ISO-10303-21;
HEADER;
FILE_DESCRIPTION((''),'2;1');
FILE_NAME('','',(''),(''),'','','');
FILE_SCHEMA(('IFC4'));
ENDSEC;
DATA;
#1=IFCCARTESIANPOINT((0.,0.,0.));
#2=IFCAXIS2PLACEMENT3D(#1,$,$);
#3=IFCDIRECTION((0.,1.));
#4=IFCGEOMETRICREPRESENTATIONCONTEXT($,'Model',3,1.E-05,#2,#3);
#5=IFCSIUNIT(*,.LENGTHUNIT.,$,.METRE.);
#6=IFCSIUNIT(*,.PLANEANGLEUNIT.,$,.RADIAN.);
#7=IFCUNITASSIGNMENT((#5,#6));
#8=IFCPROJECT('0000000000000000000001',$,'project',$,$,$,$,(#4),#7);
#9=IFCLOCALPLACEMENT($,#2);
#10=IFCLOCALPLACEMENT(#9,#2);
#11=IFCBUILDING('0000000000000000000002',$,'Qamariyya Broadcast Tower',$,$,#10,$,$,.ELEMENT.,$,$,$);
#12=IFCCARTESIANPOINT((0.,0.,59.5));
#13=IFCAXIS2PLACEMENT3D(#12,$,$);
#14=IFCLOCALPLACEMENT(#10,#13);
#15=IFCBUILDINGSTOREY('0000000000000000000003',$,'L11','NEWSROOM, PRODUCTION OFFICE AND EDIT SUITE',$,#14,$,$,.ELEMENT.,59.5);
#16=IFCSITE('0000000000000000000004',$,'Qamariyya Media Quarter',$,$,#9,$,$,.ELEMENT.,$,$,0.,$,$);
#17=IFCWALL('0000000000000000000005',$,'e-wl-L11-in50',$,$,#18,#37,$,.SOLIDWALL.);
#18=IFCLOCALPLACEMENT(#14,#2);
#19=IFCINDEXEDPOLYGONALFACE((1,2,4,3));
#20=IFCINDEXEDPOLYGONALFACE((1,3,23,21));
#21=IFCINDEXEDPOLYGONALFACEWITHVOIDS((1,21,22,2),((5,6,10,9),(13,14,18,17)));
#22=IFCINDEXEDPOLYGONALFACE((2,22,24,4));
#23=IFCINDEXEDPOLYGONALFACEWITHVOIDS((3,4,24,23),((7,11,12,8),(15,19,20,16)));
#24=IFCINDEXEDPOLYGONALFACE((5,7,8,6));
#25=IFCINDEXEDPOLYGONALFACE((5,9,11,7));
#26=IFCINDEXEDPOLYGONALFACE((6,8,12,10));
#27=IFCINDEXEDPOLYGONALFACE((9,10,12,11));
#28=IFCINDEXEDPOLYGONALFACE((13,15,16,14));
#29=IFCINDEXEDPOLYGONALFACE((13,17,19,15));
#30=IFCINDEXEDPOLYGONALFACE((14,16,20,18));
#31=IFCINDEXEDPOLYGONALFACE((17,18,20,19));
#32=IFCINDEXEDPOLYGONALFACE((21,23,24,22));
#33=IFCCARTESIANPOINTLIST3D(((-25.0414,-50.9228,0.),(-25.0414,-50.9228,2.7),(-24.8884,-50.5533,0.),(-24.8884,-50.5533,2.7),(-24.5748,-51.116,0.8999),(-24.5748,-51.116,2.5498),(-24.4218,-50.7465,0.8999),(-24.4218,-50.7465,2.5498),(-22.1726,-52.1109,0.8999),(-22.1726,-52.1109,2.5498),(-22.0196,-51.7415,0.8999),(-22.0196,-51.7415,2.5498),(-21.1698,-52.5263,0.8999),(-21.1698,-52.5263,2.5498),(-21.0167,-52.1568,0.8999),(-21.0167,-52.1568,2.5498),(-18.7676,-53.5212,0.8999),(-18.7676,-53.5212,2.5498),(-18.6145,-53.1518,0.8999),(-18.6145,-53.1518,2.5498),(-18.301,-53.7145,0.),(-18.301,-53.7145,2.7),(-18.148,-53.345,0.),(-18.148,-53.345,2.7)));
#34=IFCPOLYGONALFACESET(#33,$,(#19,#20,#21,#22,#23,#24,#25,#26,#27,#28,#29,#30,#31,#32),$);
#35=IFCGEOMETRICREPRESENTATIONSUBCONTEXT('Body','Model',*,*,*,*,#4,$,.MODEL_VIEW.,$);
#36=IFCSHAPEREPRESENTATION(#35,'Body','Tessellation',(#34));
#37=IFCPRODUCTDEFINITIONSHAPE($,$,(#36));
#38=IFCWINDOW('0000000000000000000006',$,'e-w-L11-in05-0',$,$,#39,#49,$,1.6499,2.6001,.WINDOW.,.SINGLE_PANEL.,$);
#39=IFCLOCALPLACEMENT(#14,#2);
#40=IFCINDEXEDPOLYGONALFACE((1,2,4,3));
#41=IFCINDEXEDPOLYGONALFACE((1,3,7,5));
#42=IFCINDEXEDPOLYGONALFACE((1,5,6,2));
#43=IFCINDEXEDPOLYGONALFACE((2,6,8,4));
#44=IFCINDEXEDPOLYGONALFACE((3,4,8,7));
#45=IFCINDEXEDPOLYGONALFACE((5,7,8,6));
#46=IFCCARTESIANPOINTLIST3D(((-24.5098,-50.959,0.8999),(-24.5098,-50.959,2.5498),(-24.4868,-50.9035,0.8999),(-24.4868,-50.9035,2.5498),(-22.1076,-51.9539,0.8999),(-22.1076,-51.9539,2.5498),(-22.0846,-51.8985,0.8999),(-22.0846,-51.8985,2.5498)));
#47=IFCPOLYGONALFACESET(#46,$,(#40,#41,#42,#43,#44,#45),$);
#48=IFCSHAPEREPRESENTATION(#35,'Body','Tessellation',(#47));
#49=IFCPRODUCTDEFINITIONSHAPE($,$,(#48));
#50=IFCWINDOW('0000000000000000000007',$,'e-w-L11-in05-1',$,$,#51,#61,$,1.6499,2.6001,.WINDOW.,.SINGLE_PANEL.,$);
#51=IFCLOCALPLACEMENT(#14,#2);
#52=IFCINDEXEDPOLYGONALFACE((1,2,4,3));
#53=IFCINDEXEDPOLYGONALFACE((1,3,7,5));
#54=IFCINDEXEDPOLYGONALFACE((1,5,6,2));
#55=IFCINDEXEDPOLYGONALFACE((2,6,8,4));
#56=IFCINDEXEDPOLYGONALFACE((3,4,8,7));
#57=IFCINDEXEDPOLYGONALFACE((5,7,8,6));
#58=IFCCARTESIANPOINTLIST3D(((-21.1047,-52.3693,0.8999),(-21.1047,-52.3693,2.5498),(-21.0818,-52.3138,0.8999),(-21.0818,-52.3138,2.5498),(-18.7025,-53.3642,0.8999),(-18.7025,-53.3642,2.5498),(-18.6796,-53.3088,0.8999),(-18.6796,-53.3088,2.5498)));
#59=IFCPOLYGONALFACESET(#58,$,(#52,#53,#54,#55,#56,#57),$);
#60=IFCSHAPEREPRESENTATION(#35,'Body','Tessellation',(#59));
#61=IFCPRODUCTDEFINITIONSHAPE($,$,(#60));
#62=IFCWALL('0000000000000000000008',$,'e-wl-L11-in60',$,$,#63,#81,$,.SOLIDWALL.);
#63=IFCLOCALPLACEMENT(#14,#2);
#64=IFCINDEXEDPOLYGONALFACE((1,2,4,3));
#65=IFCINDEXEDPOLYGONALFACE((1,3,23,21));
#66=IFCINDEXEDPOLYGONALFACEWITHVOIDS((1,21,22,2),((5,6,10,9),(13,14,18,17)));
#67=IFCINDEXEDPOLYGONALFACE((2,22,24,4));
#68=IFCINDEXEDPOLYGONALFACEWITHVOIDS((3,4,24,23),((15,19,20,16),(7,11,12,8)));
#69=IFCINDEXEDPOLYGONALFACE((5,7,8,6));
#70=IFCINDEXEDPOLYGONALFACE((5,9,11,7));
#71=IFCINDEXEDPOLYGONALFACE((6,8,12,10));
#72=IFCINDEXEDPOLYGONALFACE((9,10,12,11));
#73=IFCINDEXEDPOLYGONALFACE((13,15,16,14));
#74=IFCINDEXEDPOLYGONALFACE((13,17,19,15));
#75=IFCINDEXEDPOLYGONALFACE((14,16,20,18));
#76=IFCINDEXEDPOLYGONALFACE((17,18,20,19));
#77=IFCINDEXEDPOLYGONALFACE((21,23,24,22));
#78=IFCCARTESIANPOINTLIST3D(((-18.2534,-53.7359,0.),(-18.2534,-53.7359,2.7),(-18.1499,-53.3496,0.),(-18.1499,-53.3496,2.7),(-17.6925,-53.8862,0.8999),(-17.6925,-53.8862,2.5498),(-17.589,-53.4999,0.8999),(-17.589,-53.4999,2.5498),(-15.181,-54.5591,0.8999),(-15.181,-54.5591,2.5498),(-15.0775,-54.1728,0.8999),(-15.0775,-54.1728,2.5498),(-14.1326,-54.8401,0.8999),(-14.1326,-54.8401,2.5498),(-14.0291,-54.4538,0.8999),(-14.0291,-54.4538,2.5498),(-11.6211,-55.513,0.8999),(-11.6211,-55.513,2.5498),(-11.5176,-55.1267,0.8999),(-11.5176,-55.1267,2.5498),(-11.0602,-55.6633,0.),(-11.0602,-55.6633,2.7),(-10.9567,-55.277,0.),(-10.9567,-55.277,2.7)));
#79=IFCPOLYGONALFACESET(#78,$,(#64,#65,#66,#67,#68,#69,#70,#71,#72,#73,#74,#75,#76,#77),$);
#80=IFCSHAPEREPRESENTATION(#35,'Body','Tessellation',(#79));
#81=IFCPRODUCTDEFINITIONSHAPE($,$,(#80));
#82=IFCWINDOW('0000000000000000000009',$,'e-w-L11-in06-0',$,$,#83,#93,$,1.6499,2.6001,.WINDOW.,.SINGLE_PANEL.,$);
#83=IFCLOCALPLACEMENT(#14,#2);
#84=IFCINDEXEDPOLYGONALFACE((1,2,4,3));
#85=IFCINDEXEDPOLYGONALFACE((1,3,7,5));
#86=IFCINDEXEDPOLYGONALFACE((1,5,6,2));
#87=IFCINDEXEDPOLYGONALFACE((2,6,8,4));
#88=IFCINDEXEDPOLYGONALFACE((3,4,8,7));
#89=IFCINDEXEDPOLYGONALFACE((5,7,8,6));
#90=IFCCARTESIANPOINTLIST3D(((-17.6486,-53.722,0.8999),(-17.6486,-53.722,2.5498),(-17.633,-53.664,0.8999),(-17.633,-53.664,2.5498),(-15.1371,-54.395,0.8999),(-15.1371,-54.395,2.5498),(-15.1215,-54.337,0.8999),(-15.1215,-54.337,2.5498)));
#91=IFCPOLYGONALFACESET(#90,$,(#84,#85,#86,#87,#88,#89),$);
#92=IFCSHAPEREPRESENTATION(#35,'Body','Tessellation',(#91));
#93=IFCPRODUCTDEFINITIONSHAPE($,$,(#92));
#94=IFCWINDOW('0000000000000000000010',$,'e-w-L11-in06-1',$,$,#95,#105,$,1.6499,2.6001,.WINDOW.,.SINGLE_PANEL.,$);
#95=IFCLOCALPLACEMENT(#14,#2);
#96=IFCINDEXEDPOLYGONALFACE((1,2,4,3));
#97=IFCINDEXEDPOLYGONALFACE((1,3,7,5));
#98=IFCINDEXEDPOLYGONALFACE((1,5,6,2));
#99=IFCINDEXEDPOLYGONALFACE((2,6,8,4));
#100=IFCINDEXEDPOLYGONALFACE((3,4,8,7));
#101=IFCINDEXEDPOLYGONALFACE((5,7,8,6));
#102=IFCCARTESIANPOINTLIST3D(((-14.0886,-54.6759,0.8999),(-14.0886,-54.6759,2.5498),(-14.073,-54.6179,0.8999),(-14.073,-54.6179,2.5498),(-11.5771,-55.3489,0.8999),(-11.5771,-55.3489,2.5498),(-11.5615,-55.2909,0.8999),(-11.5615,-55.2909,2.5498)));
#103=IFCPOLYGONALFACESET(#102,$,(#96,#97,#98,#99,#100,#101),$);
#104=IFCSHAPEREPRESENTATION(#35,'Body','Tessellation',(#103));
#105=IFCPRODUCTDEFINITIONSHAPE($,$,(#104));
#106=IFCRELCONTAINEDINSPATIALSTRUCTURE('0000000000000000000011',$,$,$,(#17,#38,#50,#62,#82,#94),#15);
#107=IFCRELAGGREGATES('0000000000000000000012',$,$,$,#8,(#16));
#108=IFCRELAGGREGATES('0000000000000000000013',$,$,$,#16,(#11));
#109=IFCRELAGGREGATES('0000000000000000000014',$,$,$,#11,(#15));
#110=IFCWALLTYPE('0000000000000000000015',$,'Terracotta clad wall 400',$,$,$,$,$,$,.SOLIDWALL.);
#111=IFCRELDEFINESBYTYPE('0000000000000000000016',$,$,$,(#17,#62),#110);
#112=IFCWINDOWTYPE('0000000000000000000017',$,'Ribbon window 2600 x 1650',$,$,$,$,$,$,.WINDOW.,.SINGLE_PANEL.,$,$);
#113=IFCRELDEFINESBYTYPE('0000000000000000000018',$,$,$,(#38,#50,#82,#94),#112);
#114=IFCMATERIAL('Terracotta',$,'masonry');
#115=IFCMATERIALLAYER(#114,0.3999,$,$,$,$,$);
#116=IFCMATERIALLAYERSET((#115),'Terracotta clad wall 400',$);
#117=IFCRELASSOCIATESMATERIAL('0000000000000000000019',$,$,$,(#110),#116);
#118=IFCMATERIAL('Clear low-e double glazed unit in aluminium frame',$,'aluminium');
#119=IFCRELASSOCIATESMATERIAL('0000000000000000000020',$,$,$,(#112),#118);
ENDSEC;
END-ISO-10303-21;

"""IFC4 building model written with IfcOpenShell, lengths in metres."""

from ifc_helpers import new_model, si_unit, direction, frame, frame_2d, origin, place, context, subcontext, project, spatial, rectangle, extrude, material, layer, layer_set, type_object, element, fill, save


model = new_model("IFC4")

# Units and contexts
model_context = context("Model", 3, precision=1e-05, world=origin(), true_north=direction((0.0, 1.0)))
body_context = subcontext(model_context, "Body", "Model", "MODEL_VIEW")
ifc_project = project(units=[si_unit("LENGTHUNIT", "METRE"), si_unit("PLANEANGLEUNIT", "RADIAN")], contexts=[model_context])

# Site, building, storey
site_placement = place(None, origin())
site = spatial("IfcSite", under=ifc_project, at=site_placement, Name="Qamariyya Media Quarter", CompositionType="ELEMENT", RefElevation=0.0)
building_placement = place(site_placement, origin())
building = spatial("IfcBuilding", under=site, at=building_placement, Name="Qamariyya Broadcast Tower", CompositionType="ELEMENT")
storey_placement = place(building_placement, frame((0.0, 0.0, 59.5)))
storey = spatial("IfcBuildingStorey", under=building, at=storey_placement, Name="L11", Description="NEWSROOM, PRODUCTION OFFICE AND EDIT SUITE", CompositionType="ELEMENT", Elevation=59.5)

# Walls, openings, windows
ifc_material_1 = material(Name="Terracotta", Category="masonry")
ifc_layer_1 = layer(ifc_material_1, 0.3999)
ifc_layer_set_1 = layer_set([ifc_layer_1], Name="Terracotta clad wall 400")
wall_type_1 = type_object("IfcWallType", Name="Terracotta clad wall 400", PredefinedType="SOLIDWALL", material=ifc_layer_set_1)
ifc_material_2 = material(Name="Clear low-e double glazed unit in aluminium frame", Category="aluminium")
window_type = type_object("IfcWindowType", Name="Ribbon window 2600 x 1650", PartitioningType="SINGLE_PANEL", PredefinedType="WINDOW", material=ifc_material_2)
wall_1_placement = place(storey_placement, frame((-18.2244, -53.5298, 0.0), z_axis=(0.0, 0.0, 1.0), x_axis=(-0.923892, 0.382654, 0.0)))
wall_1 = element("IfcWall", 1, at=wall_1_placement, inside=storey, type_object=wall_type_1, Name="e-wl-L11-in50", PredefinedType="SOLIDWALL", context=body_context, shape_type="SweptSolid", body=[
    extrude(rectangle(XDim=7.2957, YDim=0.3999, at=frame_2d((3.6479, 0.0))), origin(), (0.0, 0.0, 1.0), 2.7),
])
opening_1_placement = place(wall_1_placement, frame((4.1907, 0.0, 0.8999)))
opening_1 = element("IfcOpeningElement", 2, at=opening_1_placement, cuts=wall_1, PredefinedType="OPENING", context=body_context, shape_type="SweptSolid", body=[
    extrude(rectangle(XDim=2.6001, YDim=1.6499, at=frame_2d((1.3, 0.825))), frame((0.0, 0.21, 0.0), z_axis=(0.0, -1.0, 0.0), x_axis=(1.0, 0.0, 0.0)), (0.0, 0.0, 1.0), 0.4199),
])
opening_2_placement = place(wall_1_placement, frame((0.5051, 0.0, 0.8999)))
opening_2 = element("IfcOpeningElement", 3, at=opening_2_placement, cuts=wall_1, PredefinedType="OPENING", context=body_context, shape_type="SweptSolid", body=[
    extrude(rectangle(XDim=2.6001, YDim=1.6499, at=frame_2d((1.3, 0.825))), frame((0.0, 0.21, 0.0), z_axis=(0.0, -1.0, 0.0), x_axis=(1.0, 0.0, 0.0)), (0.0, 0.0, 1.0), 0.4199),
])
window_1_placement = place(opening_1_placement, origin())
window_1 = element("IfcWindow", 4, at=window_1_placement, inside=storey, type_object=window_type, Name="e-w-L11-in05-0", OverallHeight=1.6499, OverallWidth=2.6001, PartitioningType="SINGLE_PANEL", PredefinedType="WINDOW", context=body_context, shape_type="SweptSolid", body=[
    extrude(rectangle(XDim=2.6001, YDim=1.6499, at=frame_2d((1.3, 0.825))), frame((0.0, 0.03, 0.0), z_axis=(0.0, -1.0, 0.0), x_axis=(1.0, 0.0, 0.0)), (0.0, 0.0, 1.0), 0.0601),
])
fill(opening_1, window_1)
window_2_placement = place(opening_2_placement, origin())
window_2 = element("IfcWindow", 5, at=window_2_placement, inside=storey, type_object=window_type, Name="e-w-L11-in05-1", OverallHeight=1.6499, OverallWidth=2.6001, PartitioningType="SINGLE_PANEL", PredefinedType="WINDOW", context=body_context, shape_type="SweptSolid", body=[
    extrude(rectangle(XDim=2.6001, YDim=1.6499, at=frame_2d((1.3, 0.825))), frame((0.0, 0.03, 0.0), z_axis=(0.0, -1.0, 0.0), x_axis=(1.0, 0.0, 0.0)), (0.0, 0.0, 1.0), 0.0601),
])
fill(opening_2, window_2)
wall_2_placement = place(storey_placement, frame((-11.0083, -55.4702, 0.0), z_axis=(0.0, 0.0, 1.0), x_axis=(-0.965925, 0.258823, 0.0)))
wall_2 = element("IfcWall", 6, at=wall_2_placement, inside=storey, type_object=wall_type_1, Name="e-wl-L11-in60", PredefinedType="SOLIDWALL", context=body_context, shape_type="SweptSolid", body=[
    extrude(rectangle(XDim=7.447, YDim=0.3999, at=frame_2d((3.7236, 0.0))), origin(), (0.0, 0.0, 1.0), 2.7),
])
opening_3_placement = place(wall_2_placement, frame((4.2664, 0.0, 0.8999)))
opening_3 = element("IfcOpeningElement", 7, at=opening_3_placement, cuts=wall_2, PredefinedType="OPENING", context=body_context, shape_type="SweptSolid", body=[
    extrude(rectangle(XDim=2.6001, YDim=1.6499, at=frame_2d((1.3, 0.825))), frame((0.0, 0.21, 0.0), z_axis=(0.0, -1.0, 0.0), x_axis=(1.0, 0.0, 0.0)), (0.0, 0.0, 1.0), 0.4199),
])
opening_4_placement = place(wall_2_placement, frame((0.5808, 0.0, 0.8999)))
opening_4 = element("IfcOpeningElement", 8, at=opening_4_placement, cuts=wall_2, PredefinedType="OPENING", context=body_context, shape_type="SweptSolid", body=[
    extrude(rectangle(XDim=2.6001, YDim=1.6499, at=frame_2d((1.3, 0.825))), frame((0.0, 0.21, 0.0), z_axis=(0.0, -1.0, 0.0), x_axis=(1.0, 0.0, 0.0)), (0.0, 0.0, 1.0), 0.4199),
])
window_3_placement = place(opening_3_placement, origin())
window_3 = element("IfcWindow", 9, at=window_3_placement, inside=storey, type_object=window_type, Name="e-w-L11-in06-0", OverallHeight=1.6499, OverallWidth=2.6001, PartitioningType="SINGLE_PANEL", PredefinedType="WINDOW", context=body_context, shape_type="SweptSolid", body=[
    extrude(rectangle(XDim=2.6001, YDim=1.6499, at=frame_2d((1.3, 0.825))), frame((0.0, 0.03, 0.0), z_axis=(0.0, -1.0, 0.0), x_axis=(1.0, 0.0, 0.0)), (0.0, 0.0, 1.0), 0.0601),
])
fill(opening_3, window_3)
window_4_placement = place(opening_4_placement, origin())
window_4 = element("IfcWindow", 10, at=window_4_placement, inside=storey, type_object=window_type, Name="e-w-L11-in06-1", OverallHeight=1.6499, OverallWidth=2.6001, PartitioningType="SINGLE_PANEL", PredefinedType="WINDOW", context=body_context, shape_type="SweptSolid", body=[
    extrude(rectangle(XDim=2.6001, YDim=1.6499, at=frame_2d((1.3, 0.825))), frame((0.0, 0.03, 0.0), z_axis=(0.0, -1.0, 0.0), x_axis=(1.0, 0.0, 0.0)), (0.0, 0.0, 1.0), 0.0601),
])
fill(opening_4, window_4)

save(model, "model.ifc")
